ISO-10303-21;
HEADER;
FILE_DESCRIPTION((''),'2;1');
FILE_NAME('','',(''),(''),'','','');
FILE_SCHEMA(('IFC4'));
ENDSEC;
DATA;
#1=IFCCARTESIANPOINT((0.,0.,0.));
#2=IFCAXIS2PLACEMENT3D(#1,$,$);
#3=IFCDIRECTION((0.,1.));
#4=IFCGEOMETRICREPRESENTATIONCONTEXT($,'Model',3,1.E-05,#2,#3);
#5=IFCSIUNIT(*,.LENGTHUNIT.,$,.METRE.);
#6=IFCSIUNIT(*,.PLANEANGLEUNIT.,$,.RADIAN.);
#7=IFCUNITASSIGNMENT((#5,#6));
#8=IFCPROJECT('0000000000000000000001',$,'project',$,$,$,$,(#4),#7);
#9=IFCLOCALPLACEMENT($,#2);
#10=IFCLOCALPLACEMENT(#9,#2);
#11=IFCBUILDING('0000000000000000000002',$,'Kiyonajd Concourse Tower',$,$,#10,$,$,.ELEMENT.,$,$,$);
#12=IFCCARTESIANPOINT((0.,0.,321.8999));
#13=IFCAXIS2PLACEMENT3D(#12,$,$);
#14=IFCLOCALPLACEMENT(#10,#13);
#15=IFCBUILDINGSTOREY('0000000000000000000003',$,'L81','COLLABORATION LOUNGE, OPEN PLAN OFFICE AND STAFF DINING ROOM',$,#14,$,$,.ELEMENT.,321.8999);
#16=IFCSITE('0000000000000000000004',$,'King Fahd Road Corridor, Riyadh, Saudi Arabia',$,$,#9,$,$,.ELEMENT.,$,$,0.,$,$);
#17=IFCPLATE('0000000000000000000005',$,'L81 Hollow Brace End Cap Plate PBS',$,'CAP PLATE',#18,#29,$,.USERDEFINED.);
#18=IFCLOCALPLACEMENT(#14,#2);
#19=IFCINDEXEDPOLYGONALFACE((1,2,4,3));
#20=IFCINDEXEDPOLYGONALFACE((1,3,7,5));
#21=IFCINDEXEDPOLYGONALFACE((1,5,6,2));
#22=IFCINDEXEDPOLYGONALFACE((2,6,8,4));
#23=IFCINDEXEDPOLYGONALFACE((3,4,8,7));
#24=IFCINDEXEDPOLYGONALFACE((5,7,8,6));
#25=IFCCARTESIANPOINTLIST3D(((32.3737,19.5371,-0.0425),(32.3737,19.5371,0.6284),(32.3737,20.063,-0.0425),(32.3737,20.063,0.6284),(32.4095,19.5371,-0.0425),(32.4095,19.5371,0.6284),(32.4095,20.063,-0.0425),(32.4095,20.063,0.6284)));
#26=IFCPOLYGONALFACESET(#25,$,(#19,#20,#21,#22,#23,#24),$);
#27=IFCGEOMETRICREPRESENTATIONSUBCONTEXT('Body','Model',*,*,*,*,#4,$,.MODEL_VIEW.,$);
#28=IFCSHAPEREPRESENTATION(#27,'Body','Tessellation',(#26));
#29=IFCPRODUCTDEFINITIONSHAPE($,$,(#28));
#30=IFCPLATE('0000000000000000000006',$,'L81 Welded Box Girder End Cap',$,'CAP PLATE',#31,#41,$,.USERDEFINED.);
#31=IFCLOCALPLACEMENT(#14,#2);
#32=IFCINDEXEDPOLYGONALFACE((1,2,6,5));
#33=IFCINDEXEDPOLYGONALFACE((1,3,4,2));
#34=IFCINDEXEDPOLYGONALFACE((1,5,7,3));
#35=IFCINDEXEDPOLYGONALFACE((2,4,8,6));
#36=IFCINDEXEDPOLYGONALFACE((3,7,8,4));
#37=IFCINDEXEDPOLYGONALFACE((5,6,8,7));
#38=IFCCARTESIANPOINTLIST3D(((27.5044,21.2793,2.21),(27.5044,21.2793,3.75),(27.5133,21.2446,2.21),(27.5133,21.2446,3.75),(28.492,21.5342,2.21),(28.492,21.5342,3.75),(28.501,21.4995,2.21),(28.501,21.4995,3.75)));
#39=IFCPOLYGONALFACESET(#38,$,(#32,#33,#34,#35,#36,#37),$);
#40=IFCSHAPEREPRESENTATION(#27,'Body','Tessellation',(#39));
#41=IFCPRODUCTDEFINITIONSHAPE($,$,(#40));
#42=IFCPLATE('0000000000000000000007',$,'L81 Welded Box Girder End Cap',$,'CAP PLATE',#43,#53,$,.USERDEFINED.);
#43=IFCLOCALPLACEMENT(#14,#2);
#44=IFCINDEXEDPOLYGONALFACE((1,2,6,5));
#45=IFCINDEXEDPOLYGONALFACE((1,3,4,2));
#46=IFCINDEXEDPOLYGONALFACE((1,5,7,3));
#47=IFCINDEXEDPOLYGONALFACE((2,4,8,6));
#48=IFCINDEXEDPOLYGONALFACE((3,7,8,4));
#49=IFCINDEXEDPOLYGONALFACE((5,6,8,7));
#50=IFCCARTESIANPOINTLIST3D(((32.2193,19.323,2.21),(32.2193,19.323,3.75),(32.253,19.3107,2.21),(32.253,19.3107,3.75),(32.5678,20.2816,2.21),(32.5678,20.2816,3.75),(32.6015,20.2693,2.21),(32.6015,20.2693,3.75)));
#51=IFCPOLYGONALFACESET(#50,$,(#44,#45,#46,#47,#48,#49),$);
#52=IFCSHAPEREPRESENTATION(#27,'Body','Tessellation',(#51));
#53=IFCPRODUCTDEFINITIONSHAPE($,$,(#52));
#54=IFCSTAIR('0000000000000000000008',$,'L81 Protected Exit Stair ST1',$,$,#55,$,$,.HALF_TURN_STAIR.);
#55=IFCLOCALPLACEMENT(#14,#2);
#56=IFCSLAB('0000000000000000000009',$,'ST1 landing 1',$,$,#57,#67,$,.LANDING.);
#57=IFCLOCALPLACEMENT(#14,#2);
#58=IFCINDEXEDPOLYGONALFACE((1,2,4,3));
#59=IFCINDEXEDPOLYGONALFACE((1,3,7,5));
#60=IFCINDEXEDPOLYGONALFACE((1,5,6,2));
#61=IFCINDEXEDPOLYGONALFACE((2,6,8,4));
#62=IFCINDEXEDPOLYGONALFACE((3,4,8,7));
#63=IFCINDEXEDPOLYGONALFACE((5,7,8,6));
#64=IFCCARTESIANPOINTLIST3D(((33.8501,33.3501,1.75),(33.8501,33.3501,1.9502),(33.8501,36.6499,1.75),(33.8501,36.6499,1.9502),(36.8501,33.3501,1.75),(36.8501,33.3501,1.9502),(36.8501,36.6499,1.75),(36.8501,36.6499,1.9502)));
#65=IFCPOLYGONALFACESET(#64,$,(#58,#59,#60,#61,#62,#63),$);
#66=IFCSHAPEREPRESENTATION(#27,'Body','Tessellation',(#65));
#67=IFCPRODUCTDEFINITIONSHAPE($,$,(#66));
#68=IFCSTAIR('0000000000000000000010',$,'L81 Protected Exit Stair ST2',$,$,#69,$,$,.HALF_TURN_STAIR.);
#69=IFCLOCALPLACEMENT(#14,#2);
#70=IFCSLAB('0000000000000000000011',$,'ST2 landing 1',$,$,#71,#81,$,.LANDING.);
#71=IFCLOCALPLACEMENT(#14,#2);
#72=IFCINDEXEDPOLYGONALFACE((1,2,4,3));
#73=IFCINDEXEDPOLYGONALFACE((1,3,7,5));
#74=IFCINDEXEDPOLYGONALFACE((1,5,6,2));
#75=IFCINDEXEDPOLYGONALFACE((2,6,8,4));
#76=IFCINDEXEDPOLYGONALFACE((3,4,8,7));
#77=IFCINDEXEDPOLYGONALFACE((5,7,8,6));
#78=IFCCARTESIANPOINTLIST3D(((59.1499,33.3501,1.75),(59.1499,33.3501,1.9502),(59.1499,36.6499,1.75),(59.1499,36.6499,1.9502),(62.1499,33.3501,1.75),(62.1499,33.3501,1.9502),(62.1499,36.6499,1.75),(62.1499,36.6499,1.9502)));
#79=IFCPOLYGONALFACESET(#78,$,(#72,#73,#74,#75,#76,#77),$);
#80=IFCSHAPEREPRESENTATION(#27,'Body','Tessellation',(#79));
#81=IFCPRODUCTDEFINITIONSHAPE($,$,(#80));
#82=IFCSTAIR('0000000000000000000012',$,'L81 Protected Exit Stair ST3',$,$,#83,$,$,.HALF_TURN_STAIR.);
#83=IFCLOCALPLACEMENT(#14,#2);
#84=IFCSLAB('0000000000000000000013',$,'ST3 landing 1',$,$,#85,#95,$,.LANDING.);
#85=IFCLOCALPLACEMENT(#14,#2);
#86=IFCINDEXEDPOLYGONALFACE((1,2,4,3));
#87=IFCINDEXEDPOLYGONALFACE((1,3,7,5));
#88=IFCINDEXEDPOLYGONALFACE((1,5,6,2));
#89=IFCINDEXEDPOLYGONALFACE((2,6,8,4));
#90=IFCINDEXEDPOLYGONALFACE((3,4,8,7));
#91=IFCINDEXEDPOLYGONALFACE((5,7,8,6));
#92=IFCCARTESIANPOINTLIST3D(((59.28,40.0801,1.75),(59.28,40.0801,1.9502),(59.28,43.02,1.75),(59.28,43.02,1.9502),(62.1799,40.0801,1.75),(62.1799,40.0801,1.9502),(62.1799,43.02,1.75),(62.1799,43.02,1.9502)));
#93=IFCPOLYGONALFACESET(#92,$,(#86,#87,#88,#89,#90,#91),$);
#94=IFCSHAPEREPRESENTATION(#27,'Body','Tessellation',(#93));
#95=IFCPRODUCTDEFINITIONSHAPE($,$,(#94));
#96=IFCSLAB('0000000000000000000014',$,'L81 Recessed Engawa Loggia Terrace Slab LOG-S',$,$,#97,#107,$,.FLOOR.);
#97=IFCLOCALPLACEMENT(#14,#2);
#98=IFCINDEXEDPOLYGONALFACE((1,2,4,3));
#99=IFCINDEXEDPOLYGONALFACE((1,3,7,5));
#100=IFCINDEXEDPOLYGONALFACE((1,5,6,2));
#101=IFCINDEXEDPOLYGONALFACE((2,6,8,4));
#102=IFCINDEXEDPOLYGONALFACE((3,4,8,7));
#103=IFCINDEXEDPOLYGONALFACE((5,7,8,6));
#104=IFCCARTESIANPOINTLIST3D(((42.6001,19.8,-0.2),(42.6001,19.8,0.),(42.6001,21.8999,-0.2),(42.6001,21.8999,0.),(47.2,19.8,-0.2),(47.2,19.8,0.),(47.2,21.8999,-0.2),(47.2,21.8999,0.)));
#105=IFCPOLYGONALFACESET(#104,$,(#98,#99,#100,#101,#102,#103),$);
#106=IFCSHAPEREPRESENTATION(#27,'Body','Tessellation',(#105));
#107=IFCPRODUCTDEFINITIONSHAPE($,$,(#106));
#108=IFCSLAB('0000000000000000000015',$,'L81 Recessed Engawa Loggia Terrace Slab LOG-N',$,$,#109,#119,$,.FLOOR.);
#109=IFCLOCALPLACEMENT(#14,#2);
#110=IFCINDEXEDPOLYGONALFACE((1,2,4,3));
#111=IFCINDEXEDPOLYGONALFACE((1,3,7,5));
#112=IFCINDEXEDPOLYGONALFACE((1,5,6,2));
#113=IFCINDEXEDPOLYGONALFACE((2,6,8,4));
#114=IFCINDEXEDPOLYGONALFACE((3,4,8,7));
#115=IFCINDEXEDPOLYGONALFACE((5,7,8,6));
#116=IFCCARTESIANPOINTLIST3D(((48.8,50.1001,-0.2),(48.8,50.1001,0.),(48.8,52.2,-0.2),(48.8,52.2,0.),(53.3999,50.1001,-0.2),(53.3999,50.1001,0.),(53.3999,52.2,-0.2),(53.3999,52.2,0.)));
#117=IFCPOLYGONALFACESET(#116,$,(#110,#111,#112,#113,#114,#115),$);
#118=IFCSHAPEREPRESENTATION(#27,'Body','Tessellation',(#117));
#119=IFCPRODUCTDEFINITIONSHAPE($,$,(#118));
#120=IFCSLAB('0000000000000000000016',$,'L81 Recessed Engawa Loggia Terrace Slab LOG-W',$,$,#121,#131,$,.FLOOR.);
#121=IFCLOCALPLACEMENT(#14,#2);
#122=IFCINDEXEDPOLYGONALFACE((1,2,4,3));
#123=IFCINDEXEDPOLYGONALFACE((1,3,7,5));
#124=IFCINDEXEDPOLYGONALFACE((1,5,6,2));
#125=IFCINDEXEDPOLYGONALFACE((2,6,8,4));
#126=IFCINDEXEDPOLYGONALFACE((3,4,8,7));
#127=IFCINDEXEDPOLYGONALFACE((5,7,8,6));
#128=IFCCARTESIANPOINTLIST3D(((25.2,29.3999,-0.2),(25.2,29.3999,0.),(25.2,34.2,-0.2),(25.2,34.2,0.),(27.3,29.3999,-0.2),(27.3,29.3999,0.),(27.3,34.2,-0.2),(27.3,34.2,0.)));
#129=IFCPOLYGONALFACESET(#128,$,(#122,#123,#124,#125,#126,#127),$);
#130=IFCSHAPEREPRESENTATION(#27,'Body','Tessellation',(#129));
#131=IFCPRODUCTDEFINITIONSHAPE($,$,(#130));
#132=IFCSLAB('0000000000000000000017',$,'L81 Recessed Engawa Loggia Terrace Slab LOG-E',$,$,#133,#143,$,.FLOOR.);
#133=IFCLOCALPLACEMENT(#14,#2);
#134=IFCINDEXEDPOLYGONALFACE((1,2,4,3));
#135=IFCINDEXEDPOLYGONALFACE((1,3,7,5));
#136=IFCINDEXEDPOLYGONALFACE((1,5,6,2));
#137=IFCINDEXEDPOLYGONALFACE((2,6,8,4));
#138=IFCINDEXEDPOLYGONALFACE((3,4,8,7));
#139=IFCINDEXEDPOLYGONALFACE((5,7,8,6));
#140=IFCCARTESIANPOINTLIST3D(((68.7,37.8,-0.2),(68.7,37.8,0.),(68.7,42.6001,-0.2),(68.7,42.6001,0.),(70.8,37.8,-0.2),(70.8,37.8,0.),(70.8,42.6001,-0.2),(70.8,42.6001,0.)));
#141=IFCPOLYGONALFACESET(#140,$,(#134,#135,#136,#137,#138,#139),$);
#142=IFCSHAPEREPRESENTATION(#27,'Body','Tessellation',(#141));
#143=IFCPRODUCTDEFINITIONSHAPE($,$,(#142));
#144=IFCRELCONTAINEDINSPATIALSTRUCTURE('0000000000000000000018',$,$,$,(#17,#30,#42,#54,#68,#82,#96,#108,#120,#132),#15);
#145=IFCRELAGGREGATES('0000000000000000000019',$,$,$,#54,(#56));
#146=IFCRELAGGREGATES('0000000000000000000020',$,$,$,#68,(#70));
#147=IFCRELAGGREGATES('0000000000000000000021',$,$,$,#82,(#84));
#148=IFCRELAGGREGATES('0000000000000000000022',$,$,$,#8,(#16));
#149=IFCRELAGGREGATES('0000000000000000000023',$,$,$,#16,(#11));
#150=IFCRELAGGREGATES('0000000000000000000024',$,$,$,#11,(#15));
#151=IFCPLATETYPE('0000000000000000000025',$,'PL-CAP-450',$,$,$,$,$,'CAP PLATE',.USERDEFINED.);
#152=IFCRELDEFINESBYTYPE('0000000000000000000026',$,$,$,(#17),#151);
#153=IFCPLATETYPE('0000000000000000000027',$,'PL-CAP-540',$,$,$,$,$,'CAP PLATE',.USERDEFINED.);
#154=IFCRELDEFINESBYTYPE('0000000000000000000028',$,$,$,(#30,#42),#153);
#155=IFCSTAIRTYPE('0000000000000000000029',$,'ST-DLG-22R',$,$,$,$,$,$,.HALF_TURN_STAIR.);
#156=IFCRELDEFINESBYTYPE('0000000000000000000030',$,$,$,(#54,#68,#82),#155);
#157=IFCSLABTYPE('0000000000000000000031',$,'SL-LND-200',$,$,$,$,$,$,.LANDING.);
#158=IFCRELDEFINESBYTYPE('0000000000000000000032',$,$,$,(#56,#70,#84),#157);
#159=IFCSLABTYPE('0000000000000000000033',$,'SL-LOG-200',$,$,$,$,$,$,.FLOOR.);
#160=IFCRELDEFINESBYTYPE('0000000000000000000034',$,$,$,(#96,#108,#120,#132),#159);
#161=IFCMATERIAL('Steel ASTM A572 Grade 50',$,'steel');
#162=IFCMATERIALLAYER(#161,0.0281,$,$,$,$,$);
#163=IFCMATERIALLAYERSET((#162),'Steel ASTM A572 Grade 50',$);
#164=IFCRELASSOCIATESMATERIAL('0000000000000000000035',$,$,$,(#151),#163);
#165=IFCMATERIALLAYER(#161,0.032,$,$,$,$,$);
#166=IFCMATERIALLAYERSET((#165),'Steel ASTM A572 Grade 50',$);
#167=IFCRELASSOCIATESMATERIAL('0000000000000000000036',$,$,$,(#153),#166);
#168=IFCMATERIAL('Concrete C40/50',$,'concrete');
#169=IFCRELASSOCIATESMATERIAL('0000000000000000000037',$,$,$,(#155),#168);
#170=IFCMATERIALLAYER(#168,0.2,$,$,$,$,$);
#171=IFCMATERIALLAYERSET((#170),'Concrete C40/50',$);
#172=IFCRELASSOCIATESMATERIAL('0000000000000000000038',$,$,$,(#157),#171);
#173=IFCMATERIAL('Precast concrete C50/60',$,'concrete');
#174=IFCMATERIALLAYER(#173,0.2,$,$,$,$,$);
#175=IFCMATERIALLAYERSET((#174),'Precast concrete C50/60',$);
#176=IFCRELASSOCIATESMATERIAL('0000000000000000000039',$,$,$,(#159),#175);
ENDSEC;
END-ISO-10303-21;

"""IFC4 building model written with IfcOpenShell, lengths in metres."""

from ifc_helpers import new_model, si_unit, direction, frame, origin, origin_2d, place, context, subcontext, project, spatial, polyline, rectangle, outline, extrude, material, layer, layer_set, type_object, element, aggregate, save


model = new_model("IFC4")

# Units and contexts
model_context = context("Model", 3, precision=1e-05, world=origin(), true_north=direction((0.0, 1.0)))
body_context = subcontext(model_context, "Body", "Model", "MODEL_VIEW")
ifc_project = project(units=[si_unit("LENGTHUNIT", "METRE"), si_unit("PLANEANGLEUNIT", "RADIAN")], contexts=[model_context])

# Site, building, storey
site_placement = place(None, origin())
site = spatial("IfcSite", under=ifc_project, at=site_placement, Name="King Fahd Road Corridor, Riyadh, Saudi Arabia", CompositionType="ELEMENT", RefElevation=0.0)
building_placement = place(site_placement, origin())
building = spatial("IfcBuilding", under=site, at=building_placement, Name="Kiyonajd Concourse Tower", CompositionType="ELEMENT")
storey_placement = place(building_placement, frame((0.0, 0.0, 321.8999)))
storey = spatial("IfcBuildingStorey", under=building, at=storey_placement, Name="L81", Description="COLLABORATION LOUNGE, OPEN PLAN OFFICE AND STAFF DINING ROOM", CompositionType="ELEMENT", Elevation=321.8999)

# Shared definitions
ifc_material_1 = material(Name="Steel ASTM A572 Grade 50", Category="steel")

# Plates
ifc_layer_1 = layer(ifc_material_1, 0.0281)
ifc_layer_set_1 = layer_set([ifc_layer_1], Name="Steel ASTM A572 Grade 50")
plate_type_1 = type_object("IfcPlateType", Name="PL-CAP-450", ElementType="CAP PLATE", PredefinedType="USERDEFINED", material=ifc_layer_set_1)
plate_placement = place(storey_placement, frame((32.3916, 19.8, -0.0425), z_axis=(0.0, 0.0, 1.0), x_axis=(-1.0, 0.0, 0.0)))
element("IfcPlate", 1, at=plate_placement, inside=storey, type_object=plate_type_1, Name="L81 Hollow Brace End Cap Plate PBS", ObjectType="CAP PLATE", PredefinedType="USERDEFINED", context=body_context, shape_type="SweptSolid", body=[
    extrude(rectangle(XDim=0.0359, YDim=0.5259, at=origin_2d()), origin(), (0.0, 0.0, 1.0), 0.6709),
])
ifc_layer_2 = layer(ifc_material_1, 0.032)
ifc_layer_set_2 = layer_set([ifc_layer_2], Name="Steel ASTM A572 Grade 50")
plate_type_2 = type_object("IfcPlateType", Name="PL-CAP-540", ElementType="CAP PLATE", PredefinedType="USERDEFINED", material=ifc_layer_set_2)
for number, where, z_axis, x_axis, name in (
    (2, (28.0027, 21.3894, 2.21), (0.0, 0.0, 1.0), (0.249873, -0.968279, 0.0), "L81 Welded Box Girder End Cap"),
    (3, (32.4104, 19.7961, 2.21), (0.0, 0.0, 1.0), (0.939812, -0.341692, 0.0), "L81 Welded Box Girder End Cap"),
):
    element("IfcPlate", number, at=place(storey_placement, frame(where, z_axis=z_axis, x_axis=x_axis)), inside=storey, type_object=plate_type_2, Name=name, ObjectType="CAP PLATE", PredefinedType="USERDEFINED", context=body_context, shape_type="SweptSolid", body=[
        extrude(rectangle(XDim=0.0359, YDim=1.02, at=origin_2d()), origin(), (0.0, 0.0, 1.0), 1.54),
    ])

# Stairs, slabs
ifc_material_2 = material(Name="Concrete C40/50", Category="concrete")
stair_type = type_object("IfcStairType", Name="ST-DLG-22R", PredefinedType="HALF_TURN_STAIR", material=ifc_material_2)
stair_1_placement = place(storey_placement, origin())
stair_1 = element("IfcStair", 4, at=stair_1_placement, inside=storey, type_object=stair_type, Name="L81 Protected Exit Stair ST1", PredefinedType="HALF_TURN_STAIR")
ifc_layer_3 = layer(ifc_material_2, 0.2)
ifc_layer_set_3 = layer_set([ifc_layer_3], Name="Concrete C40/50")
slab_type_1 = type_object("IfcSlabType", Name="SL-LND-200", PredefinedType="LANDING", material=ifc_layer_set_3)
slab_1_placement = place(storey_placement, frame((0.0, 0.0, 1.75)))
slab_1 = element("IfcSlab", 5, at=slab_1_placement, type_object=slab_type_1, Name="ST1 landing 1", PredefinedType="LANDING", context=body_context, shape_type="SweptSolid", body=[
    extrude(outline(polyline([(36.8501, 33.3501), (36.8501, 36.6499), (33.8501, 36.6499), (33.8501, 33.3501), (36.8501, 33.3501)])), origin(), (0.0, 0.0, 1.0), 0.2002),
])
aggregate(stair_1, [slab_1])
stair_2_placement = place(storey_placement, origin())
stair_2 = element("IfcStair", 6, at=stair_2_placement, inside=storey, type_object=stair_type, Name="L81 Protected Exit Stair ST2", PredefinedType="HALF_TURN_STAIR")
slab_2_placement = place(storey_placement, frame((0.0, 0.0, 1.75)))
slab_2 = element("IfcSlab", 7, at=slab_2_placement, type_object=slab_type_1, Name="ST2 landing 1", PredefinedType="LANDING", context=body_context, shape_type="SweptSolid", body=[
    extrude(outline(polyline([(62.1499, 33.3501), (62.1499, 36.6499), (59.1499, 36.6499), (59.1499, 33.3501), (62.1499, 33.3501)])), origin(), (0.0, 0.0, 1.0), 0.2002),
])
aggregate(stair_2, [slab_2])
stair_3_placement = place(storey_placement, origin())
stair_3 = element("IfcStair", 8, at=stair_3_placement, inside=storey, type_object=stair_type, Name="L81 Protected Exit Stair ST3", PredefinedType="HALF_TURN_STAIR")
slab_3_placement = place(storey_placement, frame((0.0, 0.0, 1.75)))
slab_3 = element("IfcSlab", 9, at=slab_3_placement, type_object=slab_type_1, Name="ST3 landing 1", PredefinedType="LANDING", context=body_context, shape_type="SweptSolid", body=[
    extrude(outline(polyline([(59.28, 40.0801), (62.1799, 40.0801), (62.1799, 43.02), (59.28, 43.02), (59.28, 40.0801)])), origin(), (0.0, 0.0, 1.0), 0.2002),
])
aggregate(stair_3, [slab_3])

# Slabs
ifc_material_3 = material(Name="Precast concrete C50/60", Category="concrete")
ifc_layer_4 = layer(ifc_material_3, 0.2)
ifc_layer_set_4 = layer_set([ifc_layer_4], Name="Precast concrete C50/60")
slab_type_2 = type_object("IfcSlabType", Name="SL-LOG-200", PredefinedType="FLOOR", material=ifc_layer_set_4)
slab_4_placement = place(storey_placement, frame((0.0, 0.0, -0.2)))
element("IfcSlab", 10, at=slab_4_placement, inside=storey, type_object=slab_type_2, Name="L81 Recessed Engawa Loggia Terrace Slab LOG-S", PredefinedType="FLOOR", context=body_context, shape_type="SweptSolid", body=[
    extrude(outline(polyline([(42.6001, 19.8), (47.2, 19.8), (47.2, 21.8999), (42.6001, 21.8999), (42.6001, 19.8)])), origin(), (0.0, 0.0, 1.0), 0.2),
])
slab_5_placement = place(storey_placement, frame((0.0, 0.0, -0.2)))
element("IfcSlab", 11, at=slab_5_placement, inside=storey, type_object=slab_type_2, Name="L81 Recessed Engawa Loggia Terrace Slab LOG-N", PredefinedType="FLOOR", context=body_context, shape_type="SweptSolid", body=[
    extrude(outline(polyline([(48.8, 50.1001), (53.3999, 50.1001), (53.3999, 52.2), (48.8, 52.2), (48.8, 50.1001)])), origin(), (0.0, 0.0, 1.0), 0.2),
])
slab_6_placement = place(storey_placement, frame((0.0, 0.0, -0.2)))
element("IfcSlab", 12, at=slab_6_placement, inside=storey, type_object=slab_type_2, Name="L81 Recessed Engawa Loggia Terrace Slab LOG-W", PredefinedType="FLOOR", context=body_context, shape_type="SweptSolid", body=[
    extrude(outline(polyline([(25.2, 29.3999), (27.3, 29.3999), (27.3, 34.2), (25.2, 34.2), (25.2, 29.3999)])), origin(), (0.0, 0.0, 1.0), 0.2),
])
slab_7_placement = place(storey_placement, frame((0.0, 0.0, -0.2)))
element("IfcSlab", 13, at=slab_7_placement, inside=storey, type_object=slab_type_2, Name="L81 Recessed Engawa Loggia Terrace Slab LOG-E", PredefinedType="FLOOR", context=body_context, shape_type="SweptSolid", body=[
    extrude(outline(polyline([(68.7, 37.8), (70.8, 37.8), (70.8, 42.6001), (68.7, 42.6001), (68.7, 37.8)])), origin(), (0.0, 0.0, 1.0), 0.2),
])

save(model, "model.ifc")
